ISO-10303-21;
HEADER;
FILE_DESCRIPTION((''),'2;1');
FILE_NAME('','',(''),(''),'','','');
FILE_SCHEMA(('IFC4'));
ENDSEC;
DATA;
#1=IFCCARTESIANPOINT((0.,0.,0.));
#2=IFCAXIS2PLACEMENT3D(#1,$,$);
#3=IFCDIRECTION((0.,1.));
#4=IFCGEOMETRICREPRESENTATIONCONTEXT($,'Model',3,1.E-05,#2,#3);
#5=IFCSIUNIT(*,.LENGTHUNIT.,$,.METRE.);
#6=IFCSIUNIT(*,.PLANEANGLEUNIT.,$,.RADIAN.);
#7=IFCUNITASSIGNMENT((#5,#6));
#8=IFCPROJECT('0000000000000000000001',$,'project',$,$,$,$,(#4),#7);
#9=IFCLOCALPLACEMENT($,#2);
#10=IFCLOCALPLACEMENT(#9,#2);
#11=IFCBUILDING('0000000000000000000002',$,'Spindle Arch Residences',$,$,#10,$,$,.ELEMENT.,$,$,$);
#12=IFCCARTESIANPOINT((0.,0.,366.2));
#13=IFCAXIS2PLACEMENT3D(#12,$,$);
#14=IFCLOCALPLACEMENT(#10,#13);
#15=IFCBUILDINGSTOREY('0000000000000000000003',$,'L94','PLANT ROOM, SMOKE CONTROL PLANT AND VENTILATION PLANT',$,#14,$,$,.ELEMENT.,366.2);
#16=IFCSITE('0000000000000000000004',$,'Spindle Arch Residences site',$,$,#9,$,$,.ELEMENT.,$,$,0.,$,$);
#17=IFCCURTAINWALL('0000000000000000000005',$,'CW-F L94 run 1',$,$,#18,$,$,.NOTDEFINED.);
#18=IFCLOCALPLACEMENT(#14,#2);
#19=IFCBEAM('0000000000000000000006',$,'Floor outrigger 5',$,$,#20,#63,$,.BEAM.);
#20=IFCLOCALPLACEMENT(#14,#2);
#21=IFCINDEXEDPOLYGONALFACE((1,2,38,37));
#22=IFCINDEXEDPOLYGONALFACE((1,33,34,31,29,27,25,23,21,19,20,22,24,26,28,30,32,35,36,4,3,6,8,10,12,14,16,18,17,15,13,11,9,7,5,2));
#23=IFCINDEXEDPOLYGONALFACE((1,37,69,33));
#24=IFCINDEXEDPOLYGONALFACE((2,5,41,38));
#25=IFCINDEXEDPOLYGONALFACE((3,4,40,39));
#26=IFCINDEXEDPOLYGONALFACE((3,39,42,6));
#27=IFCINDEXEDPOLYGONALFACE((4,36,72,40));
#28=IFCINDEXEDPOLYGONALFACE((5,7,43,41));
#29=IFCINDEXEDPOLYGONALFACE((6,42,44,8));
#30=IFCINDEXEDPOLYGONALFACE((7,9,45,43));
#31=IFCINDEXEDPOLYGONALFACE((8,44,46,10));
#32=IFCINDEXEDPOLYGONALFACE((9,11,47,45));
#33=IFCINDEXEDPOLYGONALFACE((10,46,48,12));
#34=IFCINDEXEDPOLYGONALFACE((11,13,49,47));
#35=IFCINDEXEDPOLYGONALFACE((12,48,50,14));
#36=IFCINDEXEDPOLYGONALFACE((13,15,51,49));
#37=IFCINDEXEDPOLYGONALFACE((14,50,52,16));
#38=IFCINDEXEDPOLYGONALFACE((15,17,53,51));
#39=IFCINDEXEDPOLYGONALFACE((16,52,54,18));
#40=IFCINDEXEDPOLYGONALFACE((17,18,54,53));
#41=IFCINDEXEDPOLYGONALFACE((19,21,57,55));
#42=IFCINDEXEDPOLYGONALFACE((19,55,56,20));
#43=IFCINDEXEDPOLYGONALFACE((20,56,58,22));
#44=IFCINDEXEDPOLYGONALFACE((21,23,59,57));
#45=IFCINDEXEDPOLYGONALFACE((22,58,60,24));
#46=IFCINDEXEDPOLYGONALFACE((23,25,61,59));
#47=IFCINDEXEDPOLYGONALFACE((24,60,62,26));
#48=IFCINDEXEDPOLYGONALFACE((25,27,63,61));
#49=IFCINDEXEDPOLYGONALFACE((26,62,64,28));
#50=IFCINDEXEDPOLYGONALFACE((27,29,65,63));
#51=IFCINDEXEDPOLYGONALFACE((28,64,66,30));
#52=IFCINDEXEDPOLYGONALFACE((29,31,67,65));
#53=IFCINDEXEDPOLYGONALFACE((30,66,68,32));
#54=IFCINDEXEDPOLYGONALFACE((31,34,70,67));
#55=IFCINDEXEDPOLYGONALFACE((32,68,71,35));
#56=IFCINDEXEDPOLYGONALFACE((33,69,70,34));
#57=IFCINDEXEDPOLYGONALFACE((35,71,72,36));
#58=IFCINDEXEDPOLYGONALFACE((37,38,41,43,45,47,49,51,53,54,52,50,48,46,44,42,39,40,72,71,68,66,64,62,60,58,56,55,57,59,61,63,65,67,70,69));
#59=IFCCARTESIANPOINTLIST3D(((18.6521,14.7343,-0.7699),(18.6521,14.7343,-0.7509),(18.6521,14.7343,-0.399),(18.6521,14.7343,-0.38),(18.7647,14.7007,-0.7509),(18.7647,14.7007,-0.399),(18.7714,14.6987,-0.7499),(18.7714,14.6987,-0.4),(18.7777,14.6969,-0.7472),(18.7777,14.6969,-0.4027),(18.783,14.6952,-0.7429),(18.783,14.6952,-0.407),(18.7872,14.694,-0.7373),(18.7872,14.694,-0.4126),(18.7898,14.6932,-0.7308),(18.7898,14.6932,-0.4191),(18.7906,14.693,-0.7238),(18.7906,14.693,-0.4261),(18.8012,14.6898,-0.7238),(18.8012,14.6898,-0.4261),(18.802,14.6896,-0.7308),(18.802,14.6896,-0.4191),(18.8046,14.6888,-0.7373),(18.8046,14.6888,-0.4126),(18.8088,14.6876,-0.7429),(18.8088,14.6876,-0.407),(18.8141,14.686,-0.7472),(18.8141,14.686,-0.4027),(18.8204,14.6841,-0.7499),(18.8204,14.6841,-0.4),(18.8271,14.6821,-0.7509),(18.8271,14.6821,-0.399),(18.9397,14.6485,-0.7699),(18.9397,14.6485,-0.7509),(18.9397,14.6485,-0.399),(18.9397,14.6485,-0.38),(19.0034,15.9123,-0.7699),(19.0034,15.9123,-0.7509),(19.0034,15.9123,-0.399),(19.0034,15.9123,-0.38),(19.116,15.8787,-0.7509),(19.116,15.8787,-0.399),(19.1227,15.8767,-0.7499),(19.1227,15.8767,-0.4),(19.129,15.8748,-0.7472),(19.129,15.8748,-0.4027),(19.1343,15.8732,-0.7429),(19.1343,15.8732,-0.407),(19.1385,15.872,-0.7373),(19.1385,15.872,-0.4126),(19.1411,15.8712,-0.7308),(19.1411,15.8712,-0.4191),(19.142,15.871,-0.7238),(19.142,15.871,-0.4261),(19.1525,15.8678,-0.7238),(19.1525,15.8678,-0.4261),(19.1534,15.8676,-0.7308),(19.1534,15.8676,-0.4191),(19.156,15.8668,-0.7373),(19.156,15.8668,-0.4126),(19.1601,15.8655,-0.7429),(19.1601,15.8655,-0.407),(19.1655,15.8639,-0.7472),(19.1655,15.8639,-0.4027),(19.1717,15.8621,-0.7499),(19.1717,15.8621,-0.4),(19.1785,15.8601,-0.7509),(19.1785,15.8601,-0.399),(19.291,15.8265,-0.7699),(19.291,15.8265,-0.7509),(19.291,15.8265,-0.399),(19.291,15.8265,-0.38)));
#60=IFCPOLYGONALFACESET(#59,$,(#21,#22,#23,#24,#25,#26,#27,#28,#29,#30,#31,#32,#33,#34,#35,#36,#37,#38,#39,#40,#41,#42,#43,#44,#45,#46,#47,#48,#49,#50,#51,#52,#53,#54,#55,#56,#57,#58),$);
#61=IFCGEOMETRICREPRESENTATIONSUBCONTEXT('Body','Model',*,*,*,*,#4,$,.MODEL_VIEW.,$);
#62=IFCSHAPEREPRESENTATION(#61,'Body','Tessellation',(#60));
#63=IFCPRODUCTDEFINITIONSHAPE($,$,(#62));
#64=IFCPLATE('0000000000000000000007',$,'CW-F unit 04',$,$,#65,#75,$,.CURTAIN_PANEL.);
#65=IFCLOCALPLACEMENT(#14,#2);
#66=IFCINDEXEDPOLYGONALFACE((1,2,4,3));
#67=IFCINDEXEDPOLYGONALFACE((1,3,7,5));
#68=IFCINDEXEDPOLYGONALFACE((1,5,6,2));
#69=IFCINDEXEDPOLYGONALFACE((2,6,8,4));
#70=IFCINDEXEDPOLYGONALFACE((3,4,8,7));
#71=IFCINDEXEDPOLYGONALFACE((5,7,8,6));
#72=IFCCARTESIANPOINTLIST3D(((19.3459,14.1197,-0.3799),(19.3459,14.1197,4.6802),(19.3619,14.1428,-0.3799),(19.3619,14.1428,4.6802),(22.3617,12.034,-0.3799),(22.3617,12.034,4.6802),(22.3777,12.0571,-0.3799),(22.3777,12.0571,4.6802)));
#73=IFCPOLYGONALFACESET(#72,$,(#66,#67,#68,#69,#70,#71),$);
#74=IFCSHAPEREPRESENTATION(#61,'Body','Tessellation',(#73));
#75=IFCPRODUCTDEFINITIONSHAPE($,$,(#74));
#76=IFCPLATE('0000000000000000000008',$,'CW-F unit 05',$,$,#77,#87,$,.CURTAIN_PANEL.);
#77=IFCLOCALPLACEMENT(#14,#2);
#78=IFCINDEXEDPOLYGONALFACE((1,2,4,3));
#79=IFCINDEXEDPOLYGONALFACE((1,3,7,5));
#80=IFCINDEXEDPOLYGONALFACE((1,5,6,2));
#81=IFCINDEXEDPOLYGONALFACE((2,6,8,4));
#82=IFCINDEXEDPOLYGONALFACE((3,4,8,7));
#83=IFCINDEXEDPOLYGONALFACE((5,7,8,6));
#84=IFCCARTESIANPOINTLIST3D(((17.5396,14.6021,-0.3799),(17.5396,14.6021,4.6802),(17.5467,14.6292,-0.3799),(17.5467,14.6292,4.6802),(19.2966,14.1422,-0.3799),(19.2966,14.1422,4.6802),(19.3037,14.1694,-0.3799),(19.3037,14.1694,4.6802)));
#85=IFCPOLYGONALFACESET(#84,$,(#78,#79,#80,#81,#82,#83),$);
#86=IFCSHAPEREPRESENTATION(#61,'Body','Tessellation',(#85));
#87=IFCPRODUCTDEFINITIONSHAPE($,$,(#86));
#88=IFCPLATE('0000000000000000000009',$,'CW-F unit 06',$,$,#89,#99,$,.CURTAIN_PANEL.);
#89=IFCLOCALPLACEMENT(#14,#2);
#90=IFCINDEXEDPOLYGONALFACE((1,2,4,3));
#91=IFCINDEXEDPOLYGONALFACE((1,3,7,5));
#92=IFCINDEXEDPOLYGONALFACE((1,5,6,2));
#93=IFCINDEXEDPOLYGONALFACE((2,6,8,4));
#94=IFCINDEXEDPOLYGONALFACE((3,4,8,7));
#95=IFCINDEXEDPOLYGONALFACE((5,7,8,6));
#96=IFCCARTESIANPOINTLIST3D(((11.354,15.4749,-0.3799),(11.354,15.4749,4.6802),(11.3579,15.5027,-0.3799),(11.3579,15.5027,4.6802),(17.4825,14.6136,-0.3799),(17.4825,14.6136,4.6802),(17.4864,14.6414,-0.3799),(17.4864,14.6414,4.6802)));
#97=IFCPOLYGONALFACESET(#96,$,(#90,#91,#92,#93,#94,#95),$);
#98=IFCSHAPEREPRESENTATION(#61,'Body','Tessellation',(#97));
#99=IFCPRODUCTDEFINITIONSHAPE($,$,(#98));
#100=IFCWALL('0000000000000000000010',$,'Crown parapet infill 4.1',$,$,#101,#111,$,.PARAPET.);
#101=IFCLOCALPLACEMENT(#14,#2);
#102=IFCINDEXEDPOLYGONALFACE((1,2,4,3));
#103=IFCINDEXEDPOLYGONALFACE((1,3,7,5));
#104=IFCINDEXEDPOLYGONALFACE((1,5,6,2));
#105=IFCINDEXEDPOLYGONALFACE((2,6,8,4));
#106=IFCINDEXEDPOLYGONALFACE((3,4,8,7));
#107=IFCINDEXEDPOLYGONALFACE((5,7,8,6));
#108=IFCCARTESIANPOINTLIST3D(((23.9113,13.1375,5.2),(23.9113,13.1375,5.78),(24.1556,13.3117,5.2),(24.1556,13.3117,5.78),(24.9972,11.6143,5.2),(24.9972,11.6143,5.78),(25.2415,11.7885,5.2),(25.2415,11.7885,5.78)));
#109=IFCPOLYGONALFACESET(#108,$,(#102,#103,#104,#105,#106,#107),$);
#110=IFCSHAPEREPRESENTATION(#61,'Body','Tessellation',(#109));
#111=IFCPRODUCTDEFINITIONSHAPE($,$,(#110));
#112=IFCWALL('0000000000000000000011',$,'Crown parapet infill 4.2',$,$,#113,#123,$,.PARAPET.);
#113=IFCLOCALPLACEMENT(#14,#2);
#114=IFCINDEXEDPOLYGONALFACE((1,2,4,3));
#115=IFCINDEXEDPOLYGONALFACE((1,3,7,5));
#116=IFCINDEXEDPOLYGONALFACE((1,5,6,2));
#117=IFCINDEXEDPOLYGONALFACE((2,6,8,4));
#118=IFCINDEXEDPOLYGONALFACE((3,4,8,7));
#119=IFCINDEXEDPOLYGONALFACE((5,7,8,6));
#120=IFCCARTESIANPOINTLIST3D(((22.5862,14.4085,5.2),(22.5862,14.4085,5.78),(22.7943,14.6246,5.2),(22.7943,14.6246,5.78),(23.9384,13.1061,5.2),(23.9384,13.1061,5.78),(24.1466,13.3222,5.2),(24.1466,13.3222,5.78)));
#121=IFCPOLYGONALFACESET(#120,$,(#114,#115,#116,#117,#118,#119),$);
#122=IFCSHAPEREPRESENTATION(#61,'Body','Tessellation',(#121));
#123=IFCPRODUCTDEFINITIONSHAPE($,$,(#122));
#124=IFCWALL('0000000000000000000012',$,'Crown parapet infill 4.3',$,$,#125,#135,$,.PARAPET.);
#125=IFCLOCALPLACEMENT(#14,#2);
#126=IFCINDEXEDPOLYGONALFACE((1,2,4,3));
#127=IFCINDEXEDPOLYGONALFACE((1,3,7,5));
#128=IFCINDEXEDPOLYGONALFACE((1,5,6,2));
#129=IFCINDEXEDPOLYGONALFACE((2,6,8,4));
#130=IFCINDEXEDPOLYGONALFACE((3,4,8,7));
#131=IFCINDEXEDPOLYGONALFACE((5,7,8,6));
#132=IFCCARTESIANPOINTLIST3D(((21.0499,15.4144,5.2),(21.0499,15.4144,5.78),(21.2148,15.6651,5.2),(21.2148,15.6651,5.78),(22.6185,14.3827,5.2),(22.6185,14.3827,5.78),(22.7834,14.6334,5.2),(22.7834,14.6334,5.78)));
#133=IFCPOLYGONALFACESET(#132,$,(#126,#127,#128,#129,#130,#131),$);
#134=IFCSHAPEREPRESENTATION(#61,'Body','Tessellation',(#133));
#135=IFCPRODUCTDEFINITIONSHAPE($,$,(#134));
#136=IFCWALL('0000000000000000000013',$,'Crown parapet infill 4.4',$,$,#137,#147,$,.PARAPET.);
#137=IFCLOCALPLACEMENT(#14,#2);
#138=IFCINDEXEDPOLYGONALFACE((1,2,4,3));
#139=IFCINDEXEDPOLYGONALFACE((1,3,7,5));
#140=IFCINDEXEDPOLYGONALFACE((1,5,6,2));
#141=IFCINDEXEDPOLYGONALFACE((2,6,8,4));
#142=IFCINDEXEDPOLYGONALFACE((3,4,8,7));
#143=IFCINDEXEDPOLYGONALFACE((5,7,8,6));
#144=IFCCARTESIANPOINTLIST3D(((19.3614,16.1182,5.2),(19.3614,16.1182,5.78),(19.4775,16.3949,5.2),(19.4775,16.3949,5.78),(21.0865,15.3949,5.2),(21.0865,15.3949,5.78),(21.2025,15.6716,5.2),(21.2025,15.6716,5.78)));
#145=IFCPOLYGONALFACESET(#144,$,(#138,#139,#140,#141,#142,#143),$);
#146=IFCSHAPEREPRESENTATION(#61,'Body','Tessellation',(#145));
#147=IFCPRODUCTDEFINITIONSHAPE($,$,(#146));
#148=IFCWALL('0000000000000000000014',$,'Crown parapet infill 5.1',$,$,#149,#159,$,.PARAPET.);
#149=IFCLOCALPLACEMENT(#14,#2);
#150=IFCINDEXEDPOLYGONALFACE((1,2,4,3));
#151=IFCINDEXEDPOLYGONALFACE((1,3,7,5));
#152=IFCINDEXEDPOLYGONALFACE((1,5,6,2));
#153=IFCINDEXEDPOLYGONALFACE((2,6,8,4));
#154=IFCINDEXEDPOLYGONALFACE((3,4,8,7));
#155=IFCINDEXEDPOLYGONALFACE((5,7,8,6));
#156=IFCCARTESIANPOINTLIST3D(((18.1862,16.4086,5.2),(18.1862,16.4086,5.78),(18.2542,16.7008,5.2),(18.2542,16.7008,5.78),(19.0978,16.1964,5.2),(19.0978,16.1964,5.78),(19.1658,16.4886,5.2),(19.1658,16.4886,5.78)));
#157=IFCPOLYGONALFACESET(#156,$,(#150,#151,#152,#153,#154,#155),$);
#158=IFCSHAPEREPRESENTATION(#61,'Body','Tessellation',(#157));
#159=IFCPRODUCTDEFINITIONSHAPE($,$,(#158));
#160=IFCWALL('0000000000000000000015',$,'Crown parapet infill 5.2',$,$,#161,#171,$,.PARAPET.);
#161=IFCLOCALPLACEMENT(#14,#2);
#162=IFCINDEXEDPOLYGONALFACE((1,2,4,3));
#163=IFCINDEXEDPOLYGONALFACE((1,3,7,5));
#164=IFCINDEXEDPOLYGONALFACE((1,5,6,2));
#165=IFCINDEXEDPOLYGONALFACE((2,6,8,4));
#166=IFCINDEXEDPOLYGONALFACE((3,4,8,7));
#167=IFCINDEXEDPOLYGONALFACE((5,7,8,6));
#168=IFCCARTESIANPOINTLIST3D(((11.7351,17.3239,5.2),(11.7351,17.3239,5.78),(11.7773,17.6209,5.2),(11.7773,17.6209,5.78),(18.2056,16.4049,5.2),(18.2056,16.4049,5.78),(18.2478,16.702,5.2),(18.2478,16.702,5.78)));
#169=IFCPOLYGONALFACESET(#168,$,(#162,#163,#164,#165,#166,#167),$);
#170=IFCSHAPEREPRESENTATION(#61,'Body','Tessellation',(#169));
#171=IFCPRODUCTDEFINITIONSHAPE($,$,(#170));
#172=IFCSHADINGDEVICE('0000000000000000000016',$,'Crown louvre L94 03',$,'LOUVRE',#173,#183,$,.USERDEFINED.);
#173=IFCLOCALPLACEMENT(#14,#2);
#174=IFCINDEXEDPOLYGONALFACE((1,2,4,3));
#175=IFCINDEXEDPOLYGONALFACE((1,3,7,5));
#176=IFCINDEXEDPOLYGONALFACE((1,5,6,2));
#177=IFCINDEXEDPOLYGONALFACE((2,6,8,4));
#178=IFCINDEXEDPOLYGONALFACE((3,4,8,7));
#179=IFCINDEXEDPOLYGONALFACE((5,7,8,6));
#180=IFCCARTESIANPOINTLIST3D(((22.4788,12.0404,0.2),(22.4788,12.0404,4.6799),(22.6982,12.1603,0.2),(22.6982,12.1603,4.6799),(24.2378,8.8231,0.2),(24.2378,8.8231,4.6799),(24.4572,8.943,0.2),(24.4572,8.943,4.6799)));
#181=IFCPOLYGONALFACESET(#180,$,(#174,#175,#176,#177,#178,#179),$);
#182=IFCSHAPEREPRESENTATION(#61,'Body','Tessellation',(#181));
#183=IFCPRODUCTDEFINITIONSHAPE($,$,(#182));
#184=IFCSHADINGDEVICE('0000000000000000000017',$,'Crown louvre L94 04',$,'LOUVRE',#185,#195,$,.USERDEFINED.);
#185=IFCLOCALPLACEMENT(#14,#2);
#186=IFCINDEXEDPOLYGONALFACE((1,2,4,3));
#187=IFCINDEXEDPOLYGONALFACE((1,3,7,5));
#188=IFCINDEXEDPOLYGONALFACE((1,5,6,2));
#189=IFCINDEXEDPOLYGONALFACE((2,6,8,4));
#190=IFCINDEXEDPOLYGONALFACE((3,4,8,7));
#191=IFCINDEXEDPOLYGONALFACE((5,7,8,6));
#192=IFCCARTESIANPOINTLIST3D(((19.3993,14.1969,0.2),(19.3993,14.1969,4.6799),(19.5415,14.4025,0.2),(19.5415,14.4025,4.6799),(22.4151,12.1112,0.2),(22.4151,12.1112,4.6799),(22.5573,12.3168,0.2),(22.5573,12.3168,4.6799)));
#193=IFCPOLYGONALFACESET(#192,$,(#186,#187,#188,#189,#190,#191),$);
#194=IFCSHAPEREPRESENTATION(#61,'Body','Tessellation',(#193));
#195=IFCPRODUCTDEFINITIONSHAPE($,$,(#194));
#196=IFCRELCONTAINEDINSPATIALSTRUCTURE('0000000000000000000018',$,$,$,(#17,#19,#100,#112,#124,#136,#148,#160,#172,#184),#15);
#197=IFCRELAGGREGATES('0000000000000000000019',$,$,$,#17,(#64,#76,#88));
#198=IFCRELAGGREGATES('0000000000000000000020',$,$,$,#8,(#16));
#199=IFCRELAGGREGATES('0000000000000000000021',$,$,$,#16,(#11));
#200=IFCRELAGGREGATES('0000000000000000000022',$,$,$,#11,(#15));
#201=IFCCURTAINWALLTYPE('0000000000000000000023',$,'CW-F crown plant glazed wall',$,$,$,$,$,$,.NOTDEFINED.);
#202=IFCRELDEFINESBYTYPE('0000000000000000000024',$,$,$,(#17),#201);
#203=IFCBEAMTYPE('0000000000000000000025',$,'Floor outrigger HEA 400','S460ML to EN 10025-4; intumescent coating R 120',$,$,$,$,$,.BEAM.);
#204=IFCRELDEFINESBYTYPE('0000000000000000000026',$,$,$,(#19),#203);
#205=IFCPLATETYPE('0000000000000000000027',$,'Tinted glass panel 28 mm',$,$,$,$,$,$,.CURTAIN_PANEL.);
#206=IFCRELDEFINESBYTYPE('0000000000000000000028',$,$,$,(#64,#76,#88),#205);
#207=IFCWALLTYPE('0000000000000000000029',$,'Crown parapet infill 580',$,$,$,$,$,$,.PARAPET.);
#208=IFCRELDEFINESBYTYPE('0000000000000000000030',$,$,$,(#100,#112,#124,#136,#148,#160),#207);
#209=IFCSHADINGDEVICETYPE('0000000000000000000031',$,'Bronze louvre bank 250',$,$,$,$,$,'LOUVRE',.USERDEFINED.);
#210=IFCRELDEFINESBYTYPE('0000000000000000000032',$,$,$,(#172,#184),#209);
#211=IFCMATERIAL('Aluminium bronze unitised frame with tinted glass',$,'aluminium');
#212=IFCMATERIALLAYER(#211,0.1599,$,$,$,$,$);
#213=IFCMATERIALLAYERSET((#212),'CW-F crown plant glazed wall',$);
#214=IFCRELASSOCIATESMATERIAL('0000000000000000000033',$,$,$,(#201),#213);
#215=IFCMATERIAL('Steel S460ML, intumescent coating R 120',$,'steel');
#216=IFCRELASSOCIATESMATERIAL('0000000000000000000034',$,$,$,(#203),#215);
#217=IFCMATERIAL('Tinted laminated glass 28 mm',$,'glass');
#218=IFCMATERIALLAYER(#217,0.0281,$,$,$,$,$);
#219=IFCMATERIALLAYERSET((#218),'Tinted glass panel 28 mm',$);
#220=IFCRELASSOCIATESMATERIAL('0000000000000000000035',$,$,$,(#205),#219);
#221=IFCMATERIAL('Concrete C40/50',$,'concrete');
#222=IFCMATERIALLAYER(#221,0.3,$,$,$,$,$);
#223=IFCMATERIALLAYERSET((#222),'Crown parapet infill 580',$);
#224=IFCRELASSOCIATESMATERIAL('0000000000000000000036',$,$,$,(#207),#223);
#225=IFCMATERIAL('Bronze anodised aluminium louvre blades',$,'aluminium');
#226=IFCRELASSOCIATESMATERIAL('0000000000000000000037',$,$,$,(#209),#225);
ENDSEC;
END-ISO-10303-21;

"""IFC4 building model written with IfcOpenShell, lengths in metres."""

from ifc_helpers import new_model, si_unit, direction, frame, frame_2d, origin, origin_2d, place, context, subcontext, project, spatial, rectangle, i_section, extrude, material, layer, layer_set, material_profile, profile_set, type_object, element, aggregate, save


model = new_model("IFC4")

# Units and contexts
model_context = context("Model", 3, precision=1e-05, world=origin(), true_north=direction((0.0, 1.0)))
body_context = subcontext(model_context, "Body", "Model", "MODEL_VIEW")
ifc_project = project(units=[si_unit("LENGTHUNIT", "METRE"), si_unit("PLANEANGLEUNIT", "RADIAN")], contexts=[model_context])

# Site, building, storey
site_placement = place(None, origin())
site = spatial("IfcSite", under=ifc_project, at=site_placement, Name="Spindle Arch Residences site", CompositionType="ELEMENT", RefElevation=0.0)
building_placement = place(site_placement, origin())
building = spatial("IfcBuilding", under=site, at=building_placement, Name="Spindle Arch Residences", CompositionType="ELEMENT")
storey_placement = place(building_placement, frame((0.0, 0.0, 366.2)))
storey = spatial("IfcBuildingStorey", under=building, at=storey_placement, Name="L94", Description="PLANT ROOM, SMOKE CONTROL PLANT AND VENTILATION PLANT", CompositionType="ELEMENT", Elevation=366.2)

# Curtain wall
ifc_material_1 = material(Name="Aluminium bronze unitised frame with tinted glass", Category="aluminium")
ifc_layer_1 = layer(ifc_material_1, 0.1599)
ifc_layer_set_1 = layer_set([ifc_layer_1], Name="CW-F crown plant glazed wall")
curtain_wall_type = type_object("IfcCurtainWallType", Name="CW-F crown plant glazed wall", PredefinedType="NOTDEFINED", material=ifc_layer_set_1)
curtain_wall_placement = place(storey_placement, origin())
curtain_wall = element("IfcCurtainWall", 1, at=curtain_wall_placement, inside=storey, type_object=curtain_wall_type, Name="CW-F L94 run 1", PredefinedType="NOTDEFINED")

# Beam
ifc_material_2 = material(Name="Steel S460ML, intumescent coating R 120", Category="steel")
ifc_material_profile_1 = material_profile(ifc_material_2, i_section(OverallWidth=0.3, OverallDepth=0.3899, WebThickness=0.011, FlangeThickness=0.019, FilletRadius=0.0271, at=origin_2d()), Name="HEA 400")
ifc_profile_set_1 = profile_set([ifc_material_profile_1], Name="Steel S460ML, intumescent coating R 120")
beam_type_1 = type_object("IfcBeamType", Name="Floor outrigger HEA 400", Description="S460ML to EN 10025-4; intumescent coating R 120", PredefinedType="BEAM", material=ifc_profile_set_1)
beam_1_placement = place(storey_placement, frame((19.1472, 15.8694, -0.575), z_axis=(-0.285799, -0.95829, 0.0), x_axis=(0.95829, -0.285799, 0.0)))
element("IfcBeam", 2, at=beam_1_placement, inside=storey, type_object=beam_type_1, Name="Floor outrigger 5", PredefinedType="BEAM", context=body_context, shape_type="SweptSolid", body=[
    extrude(i_section(OverallWidth=0.3, OverallDepth=0.3899, WebThickness=0.011, FlangeThickness=0.019, FilletRadius=0.0271, at=origin_2d()), origin(), (0.0, 0.0, 1.0), 1.2292),
])

# Plates
ifc_material_3 = material(Name="Tinted laminated glass 28 mm", Category="glass")
ifc_layer_2 = layer(ifc_material_3, 0.0281)
ifc_layer_set_2 = layer_set([ifc_layer_2], Name="Tinted glass panel 28 mm")
plate_type = type_object("IfcPlateType", Name="Tinted glass panel 28 mm", PredefinedType="CURTAIN_PANEL", material=ifc_layer_set_2)
plate_1_placement = place(storey_placement, frame((20.8618, 13.0884, -0.3799), z_axis=(0.0, 0.0, 1.0), x_axis=(-0.822475, 0.568801, 0.0)))
plate_1 = element("IfcPlate", 3, at=plate_1_placement, type_object=plate_type, Name="CW-F unit 04", PredefinedType="CURTAIN_PANEL", context=body_context, shape_type="SweptSolid", body=[
    extrude(rectangle(XDim=3.6667, YDim=0.0281, at=origin_2d()), origin(), (0.0, 0.0, 1.0), 5.0601),
])
plate_2_placement = place(storey_placement, frame((18.4216, 14.3857, -0.3799), z_axis=(0.0, 0.0, 1.0), x_axis=(-0.967415, 0.253195, 0.0)))
plate_2 = element("IfcPlate", 4, at=plate_2_placement, type_object=plate_type, Name="CW-F unit 05", PredefinedType="CURTAIN_PANEL", context=body_context, shape_type="SweptSolid", body=[
    extrude(rectangle(XDim=1.8162, YDim=0.0281, at=origin_2d()), origin(), (0.0, 0.0, 1.0), 5.0601),
])
plate_3_placement = place(storey_placement, frame((14.4202, 15.0581, -0.3799), z_axis=(0.0, 0.0, 1.0), x_axis=(-0.990268, 0.139173, 0.0)))
plate_3 = element("IfcPlate", 5, at=plate_3_placement, type_object=plate_type, Name="CW-F unit 06", PredefinedType="CURTAIN_PANEL", context=body_context, shape_type="SweptSolid", body=[
    extrude(rectangle(XDim=6.1887, YDim=0.0281, at=origin_2d()), origin(), (0.0, 0.0, 1.0), 5.0601),
])
aggregate(curtain_wall, [plate_1, plate_2, plate_3])

# Walls
ifc_material_4 = material(Name="Concrete C40/50", Category="concrete")
ifc_layer_3 = layer(ifc_material_4, 0.3)
ifc_layer_set_3 = layer_set([ifc_layer_3], Name="Crown parapet infill 580")
wall_type = type_object("IfcWallType", Name="Crown parapet infill 580", PredefinedType="PARAPET", material=ifc_layer_set_3)
wall_1_placement = place(storey_placement, frame((25.1194, 11.7014, 5.2), z_axis=(0.0, 0.0, 1.0), x_axis=(-0.58051, 0.814253, 0.0)))
element("IfcWall", 6, at=wall_1_placement, inside=storey, type_object=wall_type, Name="Crown parapet infill 4.1", PredefinedType="PARAPET", context=body_context, shape_type="SweptSolid", body=[
    extrude(rectangle(XDim=1.8706, YDim=0.3, at=frame_2d((0.9353, 0.0))), origin(), (0.0, 0.0, 1.0), 0.5801),
])
for number, where, z_axis, x_axis, name in (
    (7, (24.0425, 13.2141, 5.2), (0.0, 0.0, 1.0), (-0.720246, 0.693719, 0.0), "Crown parapet infill 4.2"),
    (8, (22.7009, 14.5081, 5.2), (0.0, 0.0, 1.0), (-0.835475, 0.549528, 0.0), "Crown parapet infill 4.3"),
):
    element("IfcWall", number, at=place(storey_placement, frame(where, z_axis=z_axis, x_axis=x_axis)), inside=storey, type_object=wall_type, Name=name, PredefinedType="PARAPET", context=body_context, shape_type="SweptSolid", body=[
        extrude(rectangle(XDim=1.8774, YDim=0.3, at=frame_2d((0.9387, 0.0))), origin(), (0.0, 0.0, 1.0), 0.5801),
    ])
wall_2_placement = place(storey_placement, frame((21.1445, 15.5332, 5.2), z_axis=(0.0, 0.0, 1.0), x_axis=(-0.922202, 0.386709, 0.0)))
element("IfcWall", 9, at=wall_2_placement, inside=storey, type_object=wall_type, Name="Crown parapet infill 4.4", PredefinedType="PARAPET", context=body_context, shape_type="SweptSolid", body=[
    extrude(rectangle(XDim=1.8706, YDim=0.3, at=frame_2d((0.9353, 0.0))), origin(), (0.0, 0.0, 1.0), 0.5801),
])
wall_3_placement = place(storey_placement, frame((19.1318, 16.3425, 5.2), z_axis=(0.0, 0.0, 1.0), x_axis=(-0.973972, 0.226669, 0.0)))
element("IfcWall", 10, at=wall_3_placement, inside=storey, type_object=wall_type, Name="Crown parapet infill 5.1", PredefinedType="PARAPET", context=body_context, shape_type="SweptSolid", body=[
    extrude(rectangle(XDim=0.936, YDim=0.3, at=frame_2d((0.468, 0.0))), origin(), (0.0, 0.0, 1.0), 0.5801),
])
wall_4_placement = place(storey_placement, frame((18.2266, 16.5535, 5.2), z_axis=(0.0, 0.0, 1.0), x_axis=(-0.990065, 0.140611, 0.0)))
element("IfcWall", 11, at=wall_4_placement, inside=storey, type_object=wall_type, Name="Crown parapet infill 5.2", PredefinedType="PARAPET", context=body_context, shape_type="SweptSolid", body=[
    extrude(rectangle(XDim=6.5354, YDim=0.3, at=frame_2d((3.2676, 0.0))), origin(), (0.0, 0.0, 1.0), 0.5801),
])

# Shading devices
ifc_material_5 = material(Name="Bronze anodised aluminium louvre blades", Category="aluminium")
shading_device_type = type_object("IfcShadingDeviceType", Name="Bronze louvre bank 250", ElementType="LOUVRE", PredefinedType="USERDEFINED", material=ifc_material_5)
for number, where, z_axis, x_axis, name in (
    (12, (23.468, 10.4917, 0.2), (0.0, 0.0, 1.0), (-0.479713, 0.877425, 0.0), "Crown louvre L94 03"),
    (13, (20.9783, 13.2568, 0.2), (0.0, 0.0, 1.0), (-0.822475, 0.568801, 0.0), "Crown louvre L94 04"),
):
    element("IfcShadingDevice", number, at=place(storey_placement, frame(where, z_axis=z_axis, x_axis=x_axis)), inside=storey, type_object=shading_device_type, Name=name, ObjectType="LOUVRE", PredefinedType="USERDEFINED", context=body_context, shape_type="SweptSolid", body=[
        extrude(rectangle(XDim=3.6667, YDim=0.25, at=origin_2d()), origin(), (0.0, 0.0, 1.0), 4.48),
    ])

save(model, "model.ifc")
